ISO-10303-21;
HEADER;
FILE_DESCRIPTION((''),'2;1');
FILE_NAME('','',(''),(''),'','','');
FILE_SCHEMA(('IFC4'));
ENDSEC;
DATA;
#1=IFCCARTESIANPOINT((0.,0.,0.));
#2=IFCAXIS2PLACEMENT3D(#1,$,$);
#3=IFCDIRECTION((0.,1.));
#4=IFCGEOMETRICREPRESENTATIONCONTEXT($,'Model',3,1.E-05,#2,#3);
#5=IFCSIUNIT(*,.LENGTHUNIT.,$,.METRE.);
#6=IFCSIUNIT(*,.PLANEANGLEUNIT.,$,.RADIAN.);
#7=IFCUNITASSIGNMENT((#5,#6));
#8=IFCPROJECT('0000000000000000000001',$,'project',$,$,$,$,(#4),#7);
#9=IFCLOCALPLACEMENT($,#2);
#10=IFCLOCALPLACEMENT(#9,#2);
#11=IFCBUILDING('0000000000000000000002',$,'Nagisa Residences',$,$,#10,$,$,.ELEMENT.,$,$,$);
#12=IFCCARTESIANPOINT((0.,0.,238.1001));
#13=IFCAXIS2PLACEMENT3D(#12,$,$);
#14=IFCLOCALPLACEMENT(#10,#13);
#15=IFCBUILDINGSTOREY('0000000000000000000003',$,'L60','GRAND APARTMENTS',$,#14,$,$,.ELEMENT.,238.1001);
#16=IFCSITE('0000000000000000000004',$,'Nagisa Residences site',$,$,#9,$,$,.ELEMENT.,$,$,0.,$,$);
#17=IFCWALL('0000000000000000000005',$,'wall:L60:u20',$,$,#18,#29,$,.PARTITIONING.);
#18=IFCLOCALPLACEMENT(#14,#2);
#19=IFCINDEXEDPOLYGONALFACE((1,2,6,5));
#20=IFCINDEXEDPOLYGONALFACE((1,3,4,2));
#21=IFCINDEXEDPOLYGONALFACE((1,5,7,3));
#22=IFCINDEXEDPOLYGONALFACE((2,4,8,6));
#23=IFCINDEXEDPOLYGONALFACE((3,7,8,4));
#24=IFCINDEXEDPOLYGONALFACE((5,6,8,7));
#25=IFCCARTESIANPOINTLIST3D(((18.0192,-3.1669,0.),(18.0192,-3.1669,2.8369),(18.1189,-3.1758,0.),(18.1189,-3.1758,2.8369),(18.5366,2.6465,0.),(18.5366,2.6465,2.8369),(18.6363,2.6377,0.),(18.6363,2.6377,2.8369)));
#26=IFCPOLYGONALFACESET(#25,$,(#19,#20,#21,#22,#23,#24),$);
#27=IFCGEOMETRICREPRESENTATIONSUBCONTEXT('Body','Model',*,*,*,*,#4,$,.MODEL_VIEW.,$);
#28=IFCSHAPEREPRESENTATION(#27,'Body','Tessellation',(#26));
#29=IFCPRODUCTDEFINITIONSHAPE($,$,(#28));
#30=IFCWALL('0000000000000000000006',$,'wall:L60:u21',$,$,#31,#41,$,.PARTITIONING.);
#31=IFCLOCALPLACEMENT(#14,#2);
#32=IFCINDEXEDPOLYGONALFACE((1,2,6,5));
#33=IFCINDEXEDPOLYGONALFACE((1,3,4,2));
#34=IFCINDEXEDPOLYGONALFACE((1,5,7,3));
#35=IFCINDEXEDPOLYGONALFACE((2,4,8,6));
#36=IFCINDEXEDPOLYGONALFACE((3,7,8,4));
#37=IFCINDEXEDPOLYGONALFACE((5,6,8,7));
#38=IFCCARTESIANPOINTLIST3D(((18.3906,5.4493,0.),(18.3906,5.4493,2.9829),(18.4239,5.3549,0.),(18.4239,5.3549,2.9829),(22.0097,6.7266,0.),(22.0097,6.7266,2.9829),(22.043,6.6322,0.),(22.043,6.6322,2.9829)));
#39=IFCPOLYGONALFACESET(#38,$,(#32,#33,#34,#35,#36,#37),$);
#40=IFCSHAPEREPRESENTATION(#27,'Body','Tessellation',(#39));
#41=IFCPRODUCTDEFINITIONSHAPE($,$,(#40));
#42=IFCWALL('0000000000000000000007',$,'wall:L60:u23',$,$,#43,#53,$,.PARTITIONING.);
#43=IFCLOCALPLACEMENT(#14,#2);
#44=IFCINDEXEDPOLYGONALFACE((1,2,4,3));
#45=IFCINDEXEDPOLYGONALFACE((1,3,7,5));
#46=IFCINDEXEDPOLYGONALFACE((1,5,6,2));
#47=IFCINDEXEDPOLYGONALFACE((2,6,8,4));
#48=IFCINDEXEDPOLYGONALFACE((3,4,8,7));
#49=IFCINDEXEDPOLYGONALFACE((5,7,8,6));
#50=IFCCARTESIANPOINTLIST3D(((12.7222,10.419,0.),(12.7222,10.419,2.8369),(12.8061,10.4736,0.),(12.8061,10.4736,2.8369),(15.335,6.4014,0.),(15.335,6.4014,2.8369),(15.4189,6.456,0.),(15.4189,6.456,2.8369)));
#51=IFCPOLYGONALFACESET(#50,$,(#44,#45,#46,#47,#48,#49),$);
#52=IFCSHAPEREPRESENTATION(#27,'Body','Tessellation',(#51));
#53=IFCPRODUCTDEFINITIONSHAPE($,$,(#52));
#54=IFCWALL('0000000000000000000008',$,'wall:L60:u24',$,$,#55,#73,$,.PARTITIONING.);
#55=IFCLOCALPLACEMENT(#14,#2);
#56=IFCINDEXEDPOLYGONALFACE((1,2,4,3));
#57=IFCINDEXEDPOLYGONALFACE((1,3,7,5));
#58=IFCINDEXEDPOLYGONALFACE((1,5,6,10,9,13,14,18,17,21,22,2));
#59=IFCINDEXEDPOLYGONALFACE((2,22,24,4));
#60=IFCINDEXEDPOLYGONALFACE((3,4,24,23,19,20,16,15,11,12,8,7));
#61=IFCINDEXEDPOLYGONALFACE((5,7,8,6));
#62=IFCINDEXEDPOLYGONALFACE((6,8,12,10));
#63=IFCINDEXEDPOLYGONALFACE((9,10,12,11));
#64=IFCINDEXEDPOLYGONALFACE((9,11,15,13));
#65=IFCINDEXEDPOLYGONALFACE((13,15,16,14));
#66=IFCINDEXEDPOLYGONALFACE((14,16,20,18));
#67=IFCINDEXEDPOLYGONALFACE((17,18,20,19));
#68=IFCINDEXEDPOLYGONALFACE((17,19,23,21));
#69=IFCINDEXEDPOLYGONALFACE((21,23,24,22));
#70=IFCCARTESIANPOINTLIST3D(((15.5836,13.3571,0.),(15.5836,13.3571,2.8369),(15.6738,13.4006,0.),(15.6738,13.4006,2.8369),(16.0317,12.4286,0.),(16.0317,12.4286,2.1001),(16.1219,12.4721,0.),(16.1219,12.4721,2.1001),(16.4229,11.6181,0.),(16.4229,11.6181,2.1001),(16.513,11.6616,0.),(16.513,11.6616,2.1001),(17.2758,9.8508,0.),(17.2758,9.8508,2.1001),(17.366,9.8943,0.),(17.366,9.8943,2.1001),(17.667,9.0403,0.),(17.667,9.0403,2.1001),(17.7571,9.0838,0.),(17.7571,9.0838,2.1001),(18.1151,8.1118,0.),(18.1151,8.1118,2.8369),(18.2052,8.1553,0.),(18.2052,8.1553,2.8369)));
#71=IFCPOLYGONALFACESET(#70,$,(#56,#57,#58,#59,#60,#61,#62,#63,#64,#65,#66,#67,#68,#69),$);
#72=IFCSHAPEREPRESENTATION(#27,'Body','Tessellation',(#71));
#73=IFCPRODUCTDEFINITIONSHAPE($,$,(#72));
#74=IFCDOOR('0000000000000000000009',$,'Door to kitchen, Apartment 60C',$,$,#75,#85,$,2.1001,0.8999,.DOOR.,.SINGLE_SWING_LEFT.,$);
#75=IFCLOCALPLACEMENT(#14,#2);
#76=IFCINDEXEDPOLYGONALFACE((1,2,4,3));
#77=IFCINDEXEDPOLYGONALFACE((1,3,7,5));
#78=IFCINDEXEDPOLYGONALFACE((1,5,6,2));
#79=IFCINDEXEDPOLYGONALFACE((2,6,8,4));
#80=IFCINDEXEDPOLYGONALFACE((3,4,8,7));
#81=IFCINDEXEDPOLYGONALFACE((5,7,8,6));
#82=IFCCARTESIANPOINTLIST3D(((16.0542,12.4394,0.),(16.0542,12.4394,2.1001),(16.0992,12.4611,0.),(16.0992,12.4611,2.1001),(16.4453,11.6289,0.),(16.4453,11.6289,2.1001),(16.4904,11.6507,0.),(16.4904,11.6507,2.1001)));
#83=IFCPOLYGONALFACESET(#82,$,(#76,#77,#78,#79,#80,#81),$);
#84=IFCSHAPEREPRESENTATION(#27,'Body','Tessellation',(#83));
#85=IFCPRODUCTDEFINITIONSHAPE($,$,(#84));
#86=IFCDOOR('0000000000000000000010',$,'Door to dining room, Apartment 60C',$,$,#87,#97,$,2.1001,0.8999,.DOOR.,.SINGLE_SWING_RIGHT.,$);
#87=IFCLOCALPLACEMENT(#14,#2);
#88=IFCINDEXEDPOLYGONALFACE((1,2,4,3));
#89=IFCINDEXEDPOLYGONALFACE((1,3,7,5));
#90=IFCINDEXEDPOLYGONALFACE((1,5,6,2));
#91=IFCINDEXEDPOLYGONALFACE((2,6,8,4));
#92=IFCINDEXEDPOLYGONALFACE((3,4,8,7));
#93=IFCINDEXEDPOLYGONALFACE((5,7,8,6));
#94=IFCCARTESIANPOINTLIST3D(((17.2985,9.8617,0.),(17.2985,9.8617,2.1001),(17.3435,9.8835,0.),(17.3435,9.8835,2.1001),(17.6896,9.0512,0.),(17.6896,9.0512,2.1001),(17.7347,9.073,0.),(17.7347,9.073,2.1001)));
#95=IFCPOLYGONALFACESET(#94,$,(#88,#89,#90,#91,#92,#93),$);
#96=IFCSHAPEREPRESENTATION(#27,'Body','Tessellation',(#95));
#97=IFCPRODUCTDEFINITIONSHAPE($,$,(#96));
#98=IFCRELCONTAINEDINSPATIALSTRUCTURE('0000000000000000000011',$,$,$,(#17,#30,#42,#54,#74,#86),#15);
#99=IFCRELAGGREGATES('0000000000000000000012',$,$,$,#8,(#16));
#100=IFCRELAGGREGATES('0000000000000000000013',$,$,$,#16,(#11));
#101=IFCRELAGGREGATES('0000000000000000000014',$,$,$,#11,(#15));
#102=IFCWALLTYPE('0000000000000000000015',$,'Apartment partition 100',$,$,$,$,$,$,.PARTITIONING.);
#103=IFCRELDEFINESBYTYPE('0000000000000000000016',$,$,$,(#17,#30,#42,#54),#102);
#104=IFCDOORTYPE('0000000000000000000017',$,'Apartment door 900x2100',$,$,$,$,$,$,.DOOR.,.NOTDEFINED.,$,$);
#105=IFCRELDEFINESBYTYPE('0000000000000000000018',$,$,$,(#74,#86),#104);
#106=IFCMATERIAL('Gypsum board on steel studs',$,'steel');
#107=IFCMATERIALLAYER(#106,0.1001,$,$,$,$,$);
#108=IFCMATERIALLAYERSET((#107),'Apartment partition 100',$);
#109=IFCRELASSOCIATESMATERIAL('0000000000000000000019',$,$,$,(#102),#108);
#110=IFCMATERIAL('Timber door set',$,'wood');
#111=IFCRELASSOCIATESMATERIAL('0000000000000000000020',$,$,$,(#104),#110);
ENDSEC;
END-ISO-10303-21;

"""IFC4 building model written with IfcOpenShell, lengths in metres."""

from ifc_helpers import new_model, si_unit, direction, frame, frame_2d, origin, place, context, subcontext, project, spatial, rectangle, extrude, material, layer, layer_set, type_object, element, fill, save


model = new_model("IFC4")

# Units and contexts
model_context = context("Model", 3, precision=1e-05, world=origin(), true_north=direction((0.0, 1.0)))
body_context = subcontext(model_context, "Body", "Model", "MODEL_VIEW")
ifc_project = project(units=[si_unit("LENGTHUNIT", "METRE"), si_unit("PLANEANGLEUNIT", "RADIAN")], contexts=[model_context])

# Site, building, storey
site_placement = place(None, origin())
site = spatial("IfcSite", under=ifc_project, at=site_placement, Name="Nagisa Residences site", CompositionType="ELEMENT", RefElevation=0.0)
building_placement = place(site_placement, origin())
building = spatial("IfcBuilding", under=site, at=building_placement, Name="Nagisa Residences", CompositionType="ELEMENT")
storey_placement = place(building_placement, frame((0.0, 0.0, 238.1001)))
storey = spatial("IfcBuildingStorey", under=building, at=storey_placement, Name="L60", Description="GRAND APARTMENTS", CompositionType="ELEMENT", Elevation=238.1001)

# Shared definitions
ifc_material_1 = material(Name="Gypsum board on steel studs", Category="steel")
ifc_layer_1 = layer(ifc_material_1, 0.1001)
ifc_layer_set_1 = layer_set([ifc_layer_1], Name="Apartment partition 100")
wall_type_1 = type_object("IfcWallType", Name="Apartment partition 100", PredefinedType="PARTITIONING", material=ifc_layer_set_1)
ifc_material_2 = material(Name="Timber door set", Category="wood")
door_type_1 = type_object("IfcDoorType", Name="Apartment door 900x2100", OperationType="NOTDEFINED", PredefinedType="DOOR", material=ifc_material_2)

# Walls
wall_1_placement = place(storey_placement, frame((18.5864, 2.6421, 0.0), z_axis=(0.0, 0.0, 1.0), x_axis=(-0.088638, -0.996064, 0.0)))
element("IfcWall", 1, at=wall_1_placement, inside=storey, type_object=wall_type_1, Name="wall:L60:u20", PredefinedType="PARTITIONING", context=body_context, shape_type="SweptSolid", body=[
    extrude(rectangle(XDim=5.8364, YDim=0.1001, at=frame_2d((2.9182, 0.0))), origin(), (0.0, 0.0, 1.0), 2.8369),
])
wall_2_placement = place(storey_placement, frame((18.4072, 5.4021, 0.0), z_axis=(0.0, 0.0, 1.0), x_axis=(0.94299, 0.33282, 0.0)))
element("IfcWall", 2, at=wall_2_placement, inside=storey, type_object=wall_type_1, Name="wall:L60:u21", PredefinedType="PARTITIONING", context=body_context, shape_type="SweptSolid", body=[
    extrude(rectangle(XDim=3.8379, YDim=0.1001, at=frame_2d((1.9189, 0.0))), origin(), (0.0, 0.0, 1.0), 2.9829),
])
wall_3_placement = place(storey_placement, frame((15.377, 6.4287, 0.0), z_axis=(0.0, 0.0, 1.0), x_axis=(-0.545189, 0.838313, 0.0)))
element("IfcWall", 3, at=wall_3_placement, inside=storey, type_object=wall_type_1, Name="wall:L60:u23", PredefinedType="PARTITIONING", context=body_context, shape_type="SweptSolid", body=[
    extrude(rectangle(XDim=4.7925, YDim=0.1001, at=frame_2d((2.3962, 0.0))), origin(), (0.0, 0.0, 1.0), 2.8369),
])

# Wall, openings, doors
wall_4_placement = place(storey_placement, frame((18.1602, 8.1335, 0.0), z_axis=(0.0, 0.0, 1.0), x_axis=(-0.434645, 0.900602, 0.0)))
wall_4 = element("IfcWall", 4, at=wall_4_placement, inside=storey, type_object=wall_type_1, Name="wall:L60:u24", PredefinedType="PARTITIONING", context=body_context, shape_type="SweptSolid", body=[
    extrude(rectangle(XDim=5.8242, YDim=0.1001, at=frame_2d((2.9121, 0.0))), origin(), (0.0, 0.0, 1.0), 2.8369),
])
opening_1_placement = place(wall_4_placement, frame((3.8933, 0.0, 0.0)))
opening_1 = element("IfcOpeningElement", 5, at=opening_1_placement, cuts=wall_4, PredefinedType="OPENING", context=body_context, shape_type="SweptSolid", body=[
    extrude(rectangle(XDim=0.8999, YDim=2.1001, at=frame_2d((0.45, 1.05))), frame((0.0, 0.0601, 0.0), z_axis=(0.0, -1.0, 0.0), x_axis=(1.0, 0.0, 0.0)), (0.0, 0.0, 1.0), 0.1201),
])
opening_2_placement = place(wall_4_placement, frame((1.031, 0.0, 0.0)))
opening_2 = element("IfcOpeningElement", 6, at=opening_2_placement, cuts=wall_4, PredefinedType="OPENING", context=body_context, shape_type="SweptSolid", body=[
    extrude(rectangle(XDim=0.8999, YDim=2.1001, at=frame_2d((0.45, 1.05))), frame((0.0, 0.0601, 0.0), z_axis=(0.0, -1.0, 0.0), x_axis=(1.0, 0.0, 0.0)), (0.0, 0.0, 1.0), 0.1201),
])
door_1_placement = place(opening_1_placement, frame((0.8999, 0.0, 0.0), x_axis=(-1.0, 0.0, 0.0)))
door_1 = element("IfcDoor", 7, at=door_1_placement, inside=storey, type_object=door_type_1, Name="Door to kitchen, Apartment 60C", OperationType="SINGLE_SWING_LEFT", OverallHeight=2.1001, OverallWidth=0.8999, PredefinedType="DOOR", context=body_context, shape_type="SweptSolid", body=[
    extrude(rectangle(XDim=0.8999, YDim=2.1001, at=frame_2d((0.45, 1.05))), frame((0.0, 0.0249, 0.0), z_axis=(0.0, -1.0, 0.0), x_axis=(1.0, 0.0, 0.0)), (0.0, 0.0, 1.0), 0.05),
])
fill(opening_1, door_1)
door_2_placement = place(opening_2_placement, origin())
door_2 = element("IfcDoor", 8, at=door_2_placement, inside=storey, type_object=door_type_1, Name="Door to dining room, Apartment 60C", OperationType="SINGLE_SWING_RIGHT", OverallHeight=2.1001, OverallWidth=0.8999, PredefinedType="DOOR", context=body_context, shape_type="SweptSolid", body=[
    extrude(rectangle(XDim=0.8999, YDim=2.1001, at=frame_2d((0.45, 1.05))), frame((0.0, 0.0249, 0.0), z_axis=(0.0, -1.0, 0.0), x_axis=(1.0, 0.0, 0.0)), (0.0, 0.0, 1.0), 0.05),
])
fill(opening_2, door_2)

save(model, "model.ifc")
